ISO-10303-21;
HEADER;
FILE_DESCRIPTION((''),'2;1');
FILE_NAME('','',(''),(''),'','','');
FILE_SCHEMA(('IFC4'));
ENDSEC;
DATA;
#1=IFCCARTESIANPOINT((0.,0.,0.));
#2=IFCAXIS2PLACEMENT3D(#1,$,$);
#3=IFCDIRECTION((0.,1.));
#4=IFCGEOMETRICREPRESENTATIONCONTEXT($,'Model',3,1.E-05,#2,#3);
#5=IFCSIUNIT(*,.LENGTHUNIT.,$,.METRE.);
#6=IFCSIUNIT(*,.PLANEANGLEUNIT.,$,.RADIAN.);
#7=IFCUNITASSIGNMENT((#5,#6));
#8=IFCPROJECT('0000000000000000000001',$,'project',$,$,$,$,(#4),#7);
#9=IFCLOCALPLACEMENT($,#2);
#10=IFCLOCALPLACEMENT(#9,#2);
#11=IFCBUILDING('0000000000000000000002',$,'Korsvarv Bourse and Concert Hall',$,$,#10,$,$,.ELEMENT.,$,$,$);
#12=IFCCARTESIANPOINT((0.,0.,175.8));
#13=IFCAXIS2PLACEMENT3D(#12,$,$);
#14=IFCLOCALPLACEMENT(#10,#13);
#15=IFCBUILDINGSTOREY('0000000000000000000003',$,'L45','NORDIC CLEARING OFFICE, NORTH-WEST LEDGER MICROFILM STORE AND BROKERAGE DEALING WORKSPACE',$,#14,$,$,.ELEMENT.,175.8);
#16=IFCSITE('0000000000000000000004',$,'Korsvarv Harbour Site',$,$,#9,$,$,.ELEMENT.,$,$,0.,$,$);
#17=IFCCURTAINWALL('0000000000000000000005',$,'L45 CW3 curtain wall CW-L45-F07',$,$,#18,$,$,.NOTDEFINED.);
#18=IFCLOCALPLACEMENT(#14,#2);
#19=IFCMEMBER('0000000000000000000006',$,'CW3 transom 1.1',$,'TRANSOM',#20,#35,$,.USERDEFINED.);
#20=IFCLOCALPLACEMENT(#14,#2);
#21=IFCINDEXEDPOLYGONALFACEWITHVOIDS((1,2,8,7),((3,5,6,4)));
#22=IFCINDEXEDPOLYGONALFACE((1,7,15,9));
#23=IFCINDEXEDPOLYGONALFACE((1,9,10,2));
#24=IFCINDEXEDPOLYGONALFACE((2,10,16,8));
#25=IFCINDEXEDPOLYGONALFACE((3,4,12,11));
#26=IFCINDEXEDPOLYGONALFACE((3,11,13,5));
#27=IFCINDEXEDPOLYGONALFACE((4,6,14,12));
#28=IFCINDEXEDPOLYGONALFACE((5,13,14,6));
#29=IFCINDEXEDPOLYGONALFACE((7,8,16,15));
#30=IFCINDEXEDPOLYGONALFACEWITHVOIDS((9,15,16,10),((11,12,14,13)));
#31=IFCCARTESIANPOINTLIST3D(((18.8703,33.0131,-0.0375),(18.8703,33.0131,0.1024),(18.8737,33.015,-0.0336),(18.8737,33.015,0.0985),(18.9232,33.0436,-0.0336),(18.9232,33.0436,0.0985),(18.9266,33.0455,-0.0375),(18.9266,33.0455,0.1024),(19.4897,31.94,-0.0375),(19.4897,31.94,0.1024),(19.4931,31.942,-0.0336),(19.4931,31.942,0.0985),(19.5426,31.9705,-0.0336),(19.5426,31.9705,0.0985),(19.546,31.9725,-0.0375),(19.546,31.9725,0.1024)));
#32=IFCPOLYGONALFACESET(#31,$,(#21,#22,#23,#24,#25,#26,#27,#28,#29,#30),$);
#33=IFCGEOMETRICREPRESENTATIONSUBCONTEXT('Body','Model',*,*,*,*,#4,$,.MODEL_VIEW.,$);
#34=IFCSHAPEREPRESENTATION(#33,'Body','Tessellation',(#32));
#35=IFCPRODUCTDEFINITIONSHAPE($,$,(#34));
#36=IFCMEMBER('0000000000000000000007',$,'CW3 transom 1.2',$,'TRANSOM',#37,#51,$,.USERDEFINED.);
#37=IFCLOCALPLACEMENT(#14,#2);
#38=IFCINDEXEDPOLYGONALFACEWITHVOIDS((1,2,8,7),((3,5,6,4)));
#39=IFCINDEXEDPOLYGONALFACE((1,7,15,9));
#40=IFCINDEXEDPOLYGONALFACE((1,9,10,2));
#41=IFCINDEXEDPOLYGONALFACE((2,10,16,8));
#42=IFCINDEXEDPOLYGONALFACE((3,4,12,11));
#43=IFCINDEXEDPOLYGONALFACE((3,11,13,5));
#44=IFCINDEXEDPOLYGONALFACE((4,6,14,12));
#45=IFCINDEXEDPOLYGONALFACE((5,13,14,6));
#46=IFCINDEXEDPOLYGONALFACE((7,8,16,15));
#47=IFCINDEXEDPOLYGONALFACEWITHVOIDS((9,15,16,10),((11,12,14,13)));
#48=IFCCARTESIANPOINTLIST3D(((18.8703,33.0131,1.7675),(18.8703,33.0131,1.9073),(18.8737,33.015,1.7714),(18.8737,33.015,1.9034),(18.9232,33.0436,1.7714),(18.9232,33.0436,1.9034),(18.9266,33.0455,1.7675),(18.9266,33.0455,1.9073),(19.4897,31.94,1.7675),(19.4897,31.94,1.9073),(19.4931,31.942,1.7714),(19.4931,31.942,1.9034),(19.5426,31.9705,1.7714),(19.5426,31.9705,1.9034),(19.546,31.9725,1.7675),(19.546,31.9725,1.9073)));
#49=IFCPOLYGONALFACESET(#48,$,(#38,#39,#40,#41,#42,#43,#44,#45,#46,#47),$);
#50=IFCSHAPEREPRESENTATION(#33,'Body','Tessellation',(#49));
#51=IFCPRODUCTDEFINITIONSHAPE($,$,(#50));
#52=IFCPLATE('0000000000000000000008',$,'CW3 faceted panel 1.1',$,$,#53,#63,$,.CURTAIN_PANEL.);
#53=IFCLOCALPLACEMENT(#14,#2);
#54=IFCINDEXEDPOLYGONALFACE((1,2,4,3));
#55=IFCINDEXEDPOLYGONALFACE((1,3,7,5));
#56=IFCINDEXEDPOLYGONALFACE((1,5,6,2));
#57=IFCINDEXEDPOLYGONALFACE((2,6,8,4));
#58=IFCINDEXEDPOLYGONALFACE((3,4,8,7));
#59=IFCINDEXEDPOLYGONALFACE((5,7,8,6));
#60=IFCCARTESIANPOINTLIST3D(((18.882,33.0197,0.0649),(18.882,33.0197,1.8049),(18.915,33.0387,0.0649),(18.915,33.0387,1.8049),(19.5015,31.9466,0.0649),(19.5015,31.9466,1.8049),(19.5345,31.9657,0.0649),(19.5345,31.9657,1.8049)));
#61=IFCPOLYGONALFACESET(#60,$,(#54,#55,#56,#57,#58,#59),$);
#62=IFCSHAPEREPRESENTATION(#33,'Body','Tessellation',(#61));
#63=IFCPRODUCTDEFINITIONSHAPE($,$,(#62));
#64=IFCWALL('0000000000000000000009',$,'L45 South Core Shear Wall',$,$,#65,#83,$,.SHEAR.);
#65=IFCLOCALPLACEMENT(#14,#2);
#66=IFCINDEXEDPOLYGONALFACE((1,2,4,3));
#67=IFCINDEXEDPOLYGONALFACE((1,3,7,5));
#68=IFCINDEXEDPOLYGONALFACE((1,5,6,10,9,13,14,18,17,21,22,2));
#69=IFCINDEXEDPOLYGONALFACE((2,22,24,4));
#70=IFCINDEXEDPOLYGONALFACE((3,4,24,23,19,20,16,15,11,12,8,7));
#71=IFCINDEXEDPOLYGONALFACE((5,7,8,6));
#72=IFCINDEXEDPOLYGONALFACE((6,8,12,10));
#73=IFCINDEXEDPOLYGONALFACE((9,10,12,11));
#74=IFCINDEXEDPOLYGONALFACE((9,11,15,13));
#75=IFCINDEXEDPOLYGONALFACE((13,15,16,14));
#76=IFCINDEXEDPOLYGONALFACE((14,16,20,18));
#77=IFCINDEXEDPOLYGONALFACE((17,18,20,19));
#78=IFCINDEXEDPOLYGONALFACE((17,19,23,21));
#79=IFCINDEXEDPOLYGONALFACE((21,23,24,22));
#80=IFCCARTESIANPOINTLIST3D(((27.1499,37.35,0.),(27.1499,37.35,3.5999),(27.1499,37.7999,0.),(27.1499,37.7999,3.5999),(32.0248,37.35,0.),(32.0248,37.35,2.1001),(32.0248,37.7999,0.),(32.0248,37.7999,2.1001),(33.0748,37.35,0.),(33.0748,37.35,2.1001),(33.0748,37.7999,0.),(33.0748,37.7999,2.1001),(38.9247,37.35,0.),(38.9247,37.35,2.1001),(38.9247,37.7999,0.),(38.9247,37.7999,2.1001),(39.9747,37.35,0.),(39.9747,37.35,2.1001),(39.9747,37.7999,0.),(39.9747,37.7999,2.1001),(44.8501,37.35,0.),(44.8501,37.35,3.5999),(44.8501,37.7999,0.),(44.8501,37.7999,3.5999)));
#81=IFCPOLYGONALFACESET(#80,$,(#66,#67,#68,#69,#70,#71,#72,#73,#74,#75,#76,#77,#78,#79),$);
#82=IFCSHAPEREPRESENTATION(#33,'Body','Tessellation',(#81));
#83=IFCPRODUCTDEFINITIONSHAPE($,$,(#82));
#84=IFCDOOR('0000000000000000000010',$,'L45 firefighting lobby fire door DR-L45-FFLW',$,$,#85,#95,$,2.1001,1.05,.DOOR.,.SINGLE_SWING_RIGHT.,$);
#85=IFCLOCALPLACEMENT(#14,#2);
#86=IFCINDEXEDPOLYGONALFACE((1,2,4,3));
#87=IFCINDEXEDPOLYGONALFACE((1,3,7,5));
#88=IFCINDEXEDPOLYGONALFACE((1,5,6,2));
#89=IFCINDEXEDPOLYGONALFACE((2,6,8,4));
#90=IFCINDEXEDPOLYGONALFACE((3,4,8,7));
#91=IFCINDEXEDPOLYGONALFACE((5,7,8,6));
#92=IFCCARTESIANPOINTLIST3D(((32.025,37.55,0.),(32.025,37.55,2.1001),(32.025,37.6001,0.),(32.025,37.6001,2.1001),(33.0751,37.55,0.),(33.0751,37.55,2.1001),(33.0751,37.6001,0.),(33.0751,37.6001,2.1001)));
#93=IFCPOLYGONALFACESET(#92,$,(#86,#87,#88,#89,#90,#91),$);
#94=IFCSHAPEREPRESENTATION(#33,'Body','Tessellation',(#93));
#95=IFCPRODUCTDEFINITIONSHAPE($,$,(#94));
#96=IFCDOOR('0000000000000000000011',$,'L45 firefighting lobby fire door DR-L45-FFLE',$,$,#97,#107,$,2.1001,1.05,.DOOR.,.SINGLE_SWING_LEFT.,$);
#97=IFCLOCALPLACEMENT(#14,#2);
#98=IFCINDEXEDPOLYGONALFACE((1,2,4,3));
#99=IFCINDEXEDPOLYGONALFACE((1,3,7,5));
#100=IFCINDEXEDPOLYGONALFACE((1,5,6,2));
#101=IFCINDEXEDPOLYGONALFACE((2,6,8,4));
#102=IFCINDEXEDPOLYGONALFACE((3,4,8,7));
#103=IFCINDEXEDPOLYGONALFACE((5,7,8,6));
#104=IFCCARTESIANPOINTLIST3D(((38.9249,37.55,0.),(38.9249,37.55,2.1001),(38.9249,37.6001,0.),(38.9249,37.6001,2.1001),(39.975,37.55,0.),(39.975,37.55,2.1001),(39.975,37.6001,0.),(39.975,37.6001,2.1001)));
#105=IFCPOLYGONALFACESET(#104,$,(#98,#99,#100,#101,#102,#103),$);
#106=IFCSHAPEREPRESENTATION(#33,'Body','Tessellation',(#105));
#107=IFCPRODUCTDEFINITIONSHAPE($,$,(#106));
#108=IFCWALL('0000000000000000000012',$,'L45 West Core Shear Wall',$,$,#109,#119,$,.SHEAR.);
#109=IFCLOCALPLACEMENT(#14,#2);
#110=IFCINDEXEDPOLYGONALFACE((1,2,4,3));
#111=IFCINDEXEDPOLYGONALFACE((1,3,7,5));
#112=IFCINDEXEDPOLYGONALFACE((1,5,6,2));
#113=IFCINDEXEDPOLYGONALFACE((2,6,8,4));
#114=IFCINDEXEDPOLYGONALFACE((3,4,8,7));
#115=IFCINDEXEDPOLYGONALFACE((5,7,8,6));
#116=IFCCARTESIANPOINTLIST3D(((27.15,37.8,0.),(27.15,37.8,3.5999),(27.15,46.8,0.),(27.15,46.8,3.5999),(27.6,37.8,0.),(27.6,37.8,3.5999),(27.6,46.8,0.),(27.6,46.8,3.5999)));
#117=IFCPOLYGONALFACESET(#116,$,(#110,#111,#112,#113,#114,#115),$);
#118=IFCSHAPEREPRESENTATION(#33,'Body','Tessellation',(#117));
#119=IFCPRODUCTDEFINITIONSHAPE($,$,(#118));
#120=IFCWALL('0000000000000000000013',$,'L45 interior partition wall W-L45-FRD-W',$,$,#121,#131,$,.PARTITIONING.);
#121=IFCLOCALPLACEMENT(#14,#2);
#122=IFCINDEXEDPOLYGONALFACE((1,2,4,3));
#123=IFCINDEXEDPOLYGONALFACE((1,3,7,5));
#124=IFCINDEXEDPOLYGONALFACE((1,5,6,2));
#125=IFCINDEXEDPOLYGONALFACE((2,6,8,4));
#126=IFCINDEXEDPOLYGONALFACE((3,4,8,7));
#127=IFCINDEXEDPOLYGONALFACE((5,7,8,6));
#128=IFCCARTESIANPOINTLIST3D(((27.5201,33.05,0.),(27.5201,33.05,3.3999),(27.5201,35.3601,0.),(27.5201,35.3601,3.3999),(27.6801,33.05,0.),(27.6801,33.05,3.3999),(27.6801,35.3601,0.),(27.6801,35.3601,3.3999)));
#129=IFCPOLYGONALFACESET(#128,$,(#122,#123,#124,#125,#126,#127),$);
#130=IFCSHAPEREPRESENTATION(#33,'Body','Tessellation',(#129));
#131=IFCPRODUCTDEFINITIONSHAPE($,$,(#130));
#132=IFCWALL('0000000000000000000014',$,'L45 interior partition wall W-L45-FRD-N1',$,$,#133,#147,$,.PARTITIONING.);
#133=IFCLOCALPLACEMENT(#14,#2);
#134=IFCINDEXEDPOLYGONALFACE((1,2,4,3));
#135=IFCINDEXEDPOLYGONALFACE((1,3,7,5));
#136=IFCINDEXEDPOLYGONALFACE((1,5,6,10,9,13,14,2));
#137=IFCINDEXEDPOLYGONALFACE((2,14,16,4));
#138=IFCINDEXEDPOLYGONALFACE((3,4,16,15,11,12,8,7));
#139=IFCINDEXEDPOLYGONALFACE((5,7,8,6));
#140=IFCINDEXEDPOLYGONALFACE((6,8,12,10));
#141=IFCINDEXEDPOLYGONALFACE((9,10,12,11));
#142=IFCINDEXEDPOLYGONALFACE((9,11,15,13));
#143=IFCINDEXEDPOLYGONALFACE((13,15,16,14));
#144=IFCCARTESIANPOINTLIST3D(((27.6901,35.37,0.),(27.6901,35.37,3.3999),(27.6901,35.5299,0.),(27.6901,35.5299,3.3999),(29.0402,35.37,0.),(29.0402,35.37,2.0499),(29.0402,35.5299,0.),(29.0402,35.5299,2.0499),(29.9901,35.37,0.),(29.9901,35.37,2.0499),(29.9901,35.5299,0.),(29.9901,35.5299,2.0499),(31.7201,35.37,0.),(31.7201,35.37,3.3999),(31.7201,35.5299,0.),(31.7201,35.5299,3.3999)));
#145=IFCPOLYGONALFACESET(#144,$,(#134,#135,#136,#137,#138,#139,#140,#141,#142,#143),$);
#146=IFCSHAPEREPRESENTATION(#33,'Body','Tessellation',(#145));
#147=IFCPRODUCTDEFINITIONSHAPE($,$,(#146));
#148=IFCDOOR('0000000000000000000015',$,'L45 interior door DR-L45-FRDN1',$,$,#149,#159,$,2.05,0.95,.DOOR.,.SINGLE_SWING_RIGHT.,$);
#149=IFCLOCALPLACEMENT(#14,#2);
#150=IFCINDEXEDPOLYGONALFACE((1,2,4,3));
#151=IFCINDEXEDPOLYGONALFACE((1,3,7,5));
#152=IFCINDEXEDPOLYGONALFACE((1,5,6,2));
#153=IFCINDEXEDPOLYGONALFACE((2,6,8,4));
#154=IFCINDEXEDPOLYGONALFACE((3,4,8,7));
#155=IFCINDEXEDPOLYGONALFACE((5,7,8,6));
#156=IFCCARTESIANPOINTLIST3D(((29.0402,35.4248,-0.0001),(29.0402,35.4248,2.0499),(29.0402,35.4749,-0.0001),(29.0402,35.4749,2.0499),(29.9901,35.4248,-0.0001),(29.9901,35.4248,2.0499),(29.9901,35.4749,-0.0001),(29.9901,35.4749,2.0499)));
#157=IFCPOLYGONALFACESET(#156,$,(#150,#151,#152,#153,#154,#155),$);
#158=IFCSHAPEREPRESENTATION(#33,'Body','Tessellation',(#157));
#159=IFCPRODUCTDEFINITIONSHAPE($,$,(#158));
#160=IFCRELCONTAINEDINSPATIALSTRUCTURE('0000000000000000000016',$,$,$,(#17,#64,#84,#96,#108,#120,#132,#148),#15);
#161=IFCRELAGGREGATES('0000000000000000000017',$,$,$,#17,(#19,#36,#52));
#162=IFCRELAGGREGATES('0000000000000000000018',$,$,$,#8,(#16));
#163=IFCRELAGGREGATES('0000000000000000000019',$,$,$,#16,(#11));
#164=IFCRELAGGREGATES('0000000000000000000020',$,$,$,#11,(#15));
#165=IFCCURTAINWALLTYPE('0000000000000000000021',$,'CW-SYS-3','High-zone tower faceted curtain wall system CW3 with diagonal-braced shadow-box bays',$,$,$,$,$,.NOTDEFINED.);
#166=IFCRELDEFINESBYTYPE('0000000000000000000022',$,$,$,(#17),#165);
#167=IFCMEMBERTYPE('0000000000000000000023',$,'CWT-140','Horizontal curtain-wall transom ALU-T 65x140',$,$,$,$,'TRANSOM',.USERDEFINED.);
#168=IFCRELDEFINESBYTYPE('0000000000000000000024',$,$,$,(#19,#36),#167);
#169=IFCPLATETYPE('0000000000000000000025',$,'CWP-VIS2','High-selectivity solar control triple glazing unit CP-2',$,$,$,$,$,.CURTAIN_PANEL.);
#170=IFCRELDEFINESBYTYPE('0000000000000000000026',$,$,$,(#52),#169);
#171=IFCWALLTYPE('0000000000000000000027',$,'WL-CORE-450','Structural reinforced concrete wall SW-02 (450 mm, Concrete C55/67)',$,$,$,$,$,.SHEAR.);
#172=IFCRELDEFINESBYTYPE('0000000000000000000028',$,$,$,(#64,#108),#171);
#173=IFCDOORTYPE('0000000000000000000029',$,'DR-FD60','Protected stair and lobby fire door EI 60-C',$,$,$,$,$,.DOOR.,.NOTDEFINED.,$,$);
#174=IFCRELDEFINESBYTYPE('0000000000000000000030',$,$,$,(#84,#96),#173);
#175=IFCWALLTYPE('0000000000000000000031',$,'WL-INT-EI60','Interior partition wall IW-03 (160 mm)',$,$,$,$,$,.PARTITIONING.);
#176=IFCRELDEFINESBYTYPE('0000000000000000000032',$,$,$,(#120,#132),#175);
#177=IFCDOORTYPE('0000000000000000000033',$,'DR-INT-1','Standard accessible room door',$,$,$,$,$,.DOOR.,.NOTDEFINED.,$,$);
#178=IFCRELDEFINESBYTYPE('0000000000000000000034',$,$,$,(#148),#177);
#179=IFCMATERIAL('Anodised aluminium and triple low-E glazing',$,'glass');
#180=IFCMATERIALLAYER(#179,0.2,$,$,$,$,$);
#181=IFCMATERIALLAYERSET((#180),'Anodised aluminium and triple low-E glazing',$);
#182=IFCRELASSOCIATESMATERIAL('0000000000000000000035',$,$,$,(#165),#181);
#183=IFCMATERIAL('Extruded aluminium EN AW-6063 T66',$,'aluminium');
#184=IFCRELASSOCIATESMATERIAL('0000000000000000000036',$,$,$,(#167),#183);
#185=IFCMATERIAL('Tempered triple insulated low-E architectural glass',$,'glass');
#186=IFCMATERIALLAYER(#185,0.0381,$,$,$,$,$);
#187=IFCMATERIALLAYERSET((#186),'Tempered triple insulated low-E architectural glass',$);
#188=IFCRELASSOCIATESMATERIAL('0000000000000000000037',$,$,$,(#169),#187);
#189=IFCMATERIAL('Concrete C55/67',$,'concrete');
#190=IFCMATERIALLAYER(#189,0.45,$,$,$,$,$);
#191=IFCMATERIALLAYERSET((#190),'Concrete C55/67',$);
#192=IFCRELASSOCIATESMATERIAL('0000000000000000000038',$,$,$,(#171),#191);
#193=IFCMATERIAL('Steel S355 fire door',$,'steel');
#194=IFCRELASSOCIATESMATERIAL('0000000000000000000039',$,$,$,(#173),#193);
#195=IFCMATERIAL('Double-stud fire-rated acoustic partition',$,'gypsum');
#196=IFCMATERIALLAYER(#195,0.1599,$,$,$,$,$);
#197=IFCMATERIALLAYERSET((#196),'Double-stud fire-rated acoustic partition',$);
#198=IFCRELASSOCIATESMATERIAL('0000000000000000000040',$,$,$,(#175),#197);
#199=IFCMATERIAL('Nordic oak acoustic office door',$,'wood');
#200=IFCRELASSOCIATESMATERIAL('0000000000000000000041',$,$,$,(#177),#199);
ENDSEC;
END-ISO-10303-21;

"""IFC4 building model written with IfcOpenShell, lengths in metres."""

from ifc_helpers import new_model, si_unit, direction, frame, frame_2d, origin, origin_2d, place, context, subcontext, project, spatial, rectangle, hollow_rectangle, extrude, source, transform, mapped, material, layer, layer_set, material_profile, profile_set, type_object, element, fill, aggregate, save


model = new_model("IFC4")

# Units and contexts
model_context = context("Model", 3, precision=1e-05, world=origin(), true_north=direction((0.0, 1.0)))
body_context = subcontext(model_context, "Body", "Model", "MODEL_VIEW")
ifc_project = project(units=[si_unit("LENGTHUNIT", "METRE"), si_unit("PLANEANGLEUNIT", "RADIAN")], contexts=[model_context])

# Site, building, storey
site_placement = place(None, origin())
site = spatial("IfcSite", under=ifc_project, at=site_placement, Name="Korsvarv Harbour Site", CompositionType="ELEMENT", RefElevation=0.0)
building_placement = place(site_placement, origin())
building = spatial("IfcBuilding", under=site, at=building_placement, Name="Korsvarv Bourse and Concert Hall", CompositionType="ELEMENT")
storey_placement = place(building_placement, frame((0.0, 0.0, 175.8)))
storey = spatial("IfcBuildingStorey", under=building, at=storey_placement, Name="L45", Description="NORDIC CLEARING OFFICE, NORTH-WEST LEDGER MICROFILM STORE AND BROKERAGE DEALING WORKSPACE", CompositionType="ELEMENT", Elevation=175.8)

# Shared definitions
ifc_material_1 = material(Name="Concrete C55/67", Category="concrete")

# Curtain wall, members, plate
ifc_material_2 = material(Name="Anodised aluminium and triple low-E glazing", Category="glass")
ifc_layer_1 = layer(ifc_material_2, 0.2)
ifc_layer_set_1 = layer_set([ifc_layer_1], Name="Anodised aluminium and triple low-E glazing")
curtain_wall_type = type_object("IfcCurtainWallType", Name="CW-SYS-3", Description="High-zone tower faceted curtain wall system CW3 with diagonal-braced shadow-box bays", PredefinedType="NOTDEFINED", material=ifc_layer_set_1)
curtain_wall_placement = place(storey_placement, origin())
curtain_wall = element("IfcCurtainWall", 1, at=curtain_wall_placement, inside=storey, type_object=curtain_wall_type, Name="L45 CW3 curtain wall CW-L45-F07", PredefinedType="NOTDEFINED")
ifc_material_3 = material(Name="Extruded aluminium EN AW-6063 T66", Category="aluminium")
ifc_material_profile_1 = material_profile(ifc_material_3, hollow_rectangle(XDim=0.0649, YDim=0.1399, WallThickness=0.0039, at=origin_2d()), Name="ALU-T 65x140")
ifc_profile_set_1 = profile_set([ifc_material_profile_1], Name="Extruded aluminium EN AW-6063 T66")
member_type_1 = type_object("IfcMemberType", Name="CWT-140", Description="Horizontal curtain-wall transom ALU-T 65x140", ElementType="TRANSOM", PredefinedType="USERDEFINED", material=ifc_profile_set_1)
shared_shape_1 = source(origin(), body_context, "Body", "SweptSolid", [
    extrude(hollow_rectangle(XDim=0.0649, YDim=0.1399, WallThickness=0.0039, at=origin_2d()), origin(), (0.0, 0.0, 1.0), 1.239),
])
member_1_placement = place(storey_placement, frame((18.8984, 33.0293, 0.0325), z_axis=(0.499933, -0.866064, 0.0), x_axis=(0.866064, 0.499933, 0.0)))
member_1 = element("IfcMember", 2, at=member_1_placement, type_object=member_type_1, Name="CW3 transom 1.1", ObjectType="TRANSOM", PredefinedType="USERDEFINED", context=body_context, shape_type="MappedRepresentation", body=[
    mapped(shared_shape_1, transform((0.0, 0.0, 0.0), scale=1.0)),
])
member_2_placement = place(storey_placement, frame((18.8984, 33.0293, 1.8374), z_axis=(0.499933, -0.866064, 0.0), x_axis=(0.866064, 0.499933, 0.0)))
member_2 = element("IfcMember", 3, at=member_2_placement, type_object=member_type_1, Name="CW3 transom 1.2", ObjectType="TRANSOM", PredefinedType="USERDEFINED", context=body_context, shape_type="MappedRepresentation", body=[
    mapped(shared_shape_1, transform((0.0, 0.0, 0.0), scale=1.0)),
])
ifc_material_4 = material(Name="Tempered triple insulated low-E architectural glass", Category="glass")
ifc_layer_2 = layer(ifc_material_4, 0.0381)
ifc_layer_set_2 = layer_set([ifc_layer_2], Name="Tempered triple insulated low-E architectural glass")
plate_type = type_object("IfcPlateType", Name="CWP-VIS2", Description="High-selectivity solar control triple glazing unit CP-2", PredefinedType="CURTAIN_PANEL", material=ifc_layer_set_2)
shared_shape_2 = source(origin(), body_context, "Body", "SweptSolid", [
    extrude(rectangle(XDim=1.239, YDim=0.0381, at=origin_2d()), origin(), (0.0, 0.0, 1.0), 1.74),
])
plate_placement = place(storey_placement, frame((19.2083, 32.4927, 0.0649), z_axis=(0.0, 0.0, 1.0), x_axis=(0.499994, -0.866029, 0.0)))
plate = element("IfcPlate", 4, at=plate_placement, type_object=plate_type, Name="CW3 faceted panel 1.1", PredefinedType="CURTAIN_PANEL", context=body_context, shape_type="MappedRepresentation", body=[
    mapped(shared_shape_2, transform((0.0, 0.0, 0.0), scale=1.0)),
])
aggregate(curtain_wall, [member_1, member_2, plate])

# Wall, openings, doors
ifc_layer_3 = layer(ifc_material_1, 0.45)
ifc_layer_set_3 = layer_set([ifc_layer_3], Name="Concrete C55/67")
wall_type_1 = type_object("IfcWallType", Name="WL-CORE-450", Description="Structural reinforced concrete wall SW-02 (450 mm, Concrete C55/67)", PredefinedType="SHEAR", material=ifc_layer_set_3)
wall_1_placement = place(storey_placement, frame((27.1499, 37.575, 0.0), z_axis=(0.0, 0.0, 1.0), x_axis=(1.0, 0.0, 0.0)))
wall_1 = element("IfcWall", 5, at=wall_1_placement, inside=storey, type_object=wall_type_1, Name="L45 South Core Shear Wall", PredefinedType="SHEAR", context=body_context, shape_type="SweptSolid", body=[
    extrude(rectangle(XDim=17.7002, YDim=0.45, at=frame_2d((8.8501, 0.0))), origin(), (0.0, 0.0, 1.0), 3.5999),
])
opening_1_placement = place(wall_1_placement, frame((4.875, 0.0, 0.0)))
opening_1 = element("IfcOpeningElement", 6, at=opening_1_placement, cuts=wall_1, PredefinedType="OPENING", context=body_context, shape_type="SweptSolid", body=[
    extrude(rectangle(XDim=1.05, YDim=2.1001, at=frame_2d((0.5249, 1.05))), frame((0.0, 0.2349, 0.0), z_axis=(0.0, -1.0, 0.0), x_axis=(1.0, 0.0, 0.0)), (0.0, 0.0, 1.0), 0.47),
])
opening_2_placement = place(wall_1_placement, frame((11.7749, 0.0, 0.0)))
opening_2 = element("IfcOpeningElement", 7, at=opening_2_placement, cuts=wall_1, PredefinedType="OPENING", context=body_context, shape_type="SweptSolid", body=[
    extrude(rectangle(XDim=1.05, YDim=2.1001, at=frame_2d((0.5249, 1.05))), frame((0.0, 0.2349, 0.0), z_axis=(0.0, -1.0, 0.0), x_axis=(1.0, 0.0, 0.0)), (0.0, 0.0, 1.0), 0.47),
])
ifc_material_5 = material(Name="Steel S355 fire door", Category="steel")
door_type_1 = type_object("IfcDoorType", Name="DR-FD60", Description="Protected stair and lobby fire door EI 60-C", OperationType="NOTDEFINED", PredefinedType="DOOR", material=ifc_material_5)
door_1_placement = place(opening_1_placement, frame((1.05, 0.0, 0.0), z_axis=(0.0, 0.0, 1.0), x_axis=(-1.0, 0.0, 0.0)))
door_1 = element("IfcDoor", 8, at=door_1_placement, inside=storey, type_object=door_type_1, Name="L45 firefighting lobby fire door DR-L45-FFLW", OperationType="SINGLE_SWING_RIGHT", OverallHeight=2.1001, OverallWidth=1.05, PredefinedType="DOOR", context=body_context, shape_type="SweptSolid", body=[
    extrude(rectangle(XDim=1.05, YDim=2.1001, at=frame_2d((0.5249, 1.05))), frame((0.0, 0.0249, 0.0), z_axis=(0.0, -1.0, 0.0), x_axis=(1.0, 0.0, 0.0)), (0.0, 0.0, 1.0), 0.05),
])
fill(opening_1, door_1)
door_2_placement = place(opening_2_placement, frame((1.05, 0.0, 0.0), z_axis=(0.0, 0.0, 1.0), x_axis=(-1.0, 0.0, 0.0)))
door_2 = element("IfcDoor", 9, at=door_2_placement, inside=storey, type_object=door_type_1, Name="L45 firefighting lobby fire door DR-L45-FFLE", OperationType="SINGLE_SWING_LEFT", OverallHeight=2.1001, OverallWidth=1.05, PredefinedType="DOOR", context=body_context, shape_type="SweptSolid", body=[
    extrude(rectangle(XDim=1.05, YDim=2.1001, at=frame_2d((0.5249, 1.05))), frame((0.0, 0.0249, 0.0), z_axis=(0.0, -1.0, 0.0), x_axis=(1.0, 0.0, 0.0)), (0.0, 0.0, 1.0), 0.05),
])
fill(opening_2, door_2)

# Walls
wall_2_placement = place(storey_placement, frame((27.375, 37.8, 0.0), z_axis=(0.0, 0.0, 1.0), x_axis=(0.0, 1.0, 0.0)))
element("IfcWall", 10, at=wall_2_placement, inside=storey, type_object=wall_type_1, Name="L45 West Core Shear Wall", PredefinedType="SHEAR", context=body_context, shape_type="SweptSolid", body=[
    extrude(rectangle(XDim=9.0, YDim=0.45, at=frame_2d((4.5, 0.0))), origin(), (0.0, 0.0, 1.0), 3.5999),
])
ifc_material_6 = material(Name="Double-stud fire-rated acoustic partition", Category="gypsum")
ifc_layer_4 = layer(ifc_material_6, 0.1599)
ifc_layer_set_4 = layer_set([ifc_layer_4], Name="Double-stud fire-rated acoustic partition")
wall_type_2 = type_object("IfcWallType", Name="WL-INT-EI60", Description="Interior partition wall IW-03 (160 mm)", PredefinedType="PARTITIONING", material=ifc_layer_set_4)
wall_3_placement = place(storey_placement, frame((27.6001, 33.05, 0.0), z_axis=(0.0, 0.0, 1.0), x_axis=(0.0, 1.0, 0.0)))
element("IfcWall", 11, at=wall_3_placement, inside=storey, type_object=wall_type_2, Name="L45 interior partition wall W-L45-FRD-W", PredefinedType="PARTITIONING", context=body_context, shape_type="SweptSolid", body=[
    extrude(rectangle(XDim=2.3101, YDim=0.1599, at=frame_2d((1.155, 0.0))), origin(), (0.0, 0.0, 1.0), 3.3999),
])

# Wall, opening, door
wall_4_placement = place(storey_placement, frame((27.6899, 35.45, 0.0), z_axis=(0.0, 0.0, 1.0), x_axis=(1.0, 0.0, 0.0)))
wall_4 = element("IfcWall", 12, at=wall_4_placement, inside=storey, type_object=wall_type_2, Name="L45 interior partition wall W-L45-FRD-N1", PredefinedType="PARTITIONING", context=body_context, shape_type="SweptSolid", body=[
    extrude(rectangle(XDim=4.03, YDim=0.1599, at=frame_2d((2.0151, 0.0))), origin(), (0.0, 0.0, 1.0), 3.3999),
])
opening_3_placement = place(wall_4_placement, frame((1.3501, 0.0, 0.0)))
opening_3 = element("IfcOpeningElement", 13, at=opening_3_placement, cuts=wall_4, PredefinedType="OPENING", context=body_context, shape_type="SweptSolid", body=[
    extrude(rectangle(XDim=0.95, YDim=2.05, at=frame_2d((0.4751, 1.0249))), frame((0.0, 0.0898, 0.0), z_axis=(0.0, -1.0, 0.0), x_axis=(1.0, 0.0, 0.0)), (0.0, 0.0, 1.0), 0.1799),
])
ifc_material_7 = material(Name="Nordic oak acoustic office door", Category="wood")
door_type_2 = type_object("IfcDoorType", Name="DR-INT-1", Description="Standard accessible room door", OperationType="NOTDEFINED", PredefinedType="DOOR", material=ifc_material_7)
door_3_placement = place(opening_3_placement, origin())
door_3 = element("IfcDoor", 14, at=door_3_placement, inside=storey, type_object=door_type_2, Name="L45 interior door DR-L45-FRDN1", OperationType="SINGLE_SWING_RIGHT", OverallHeight=2.05, OverallWidth=0.95, PredefinedType="DOOR", context=body_context, shape_type="SweptSolid", body=[
    extrude(rectangle(XDim=0.95, YDim=2.05, at=frame_2d((0.4751, 1.0249))), frame((0.0, 0.0249, 0.0), z_axis=(0.0, -1.0, 0.0), x_axis=(1.0, 0.0, 0.0)), (0.0, 0.0, 1.0), 0.05),
])
fill(opening_3, door_3)

save(model, "model.ifc")
